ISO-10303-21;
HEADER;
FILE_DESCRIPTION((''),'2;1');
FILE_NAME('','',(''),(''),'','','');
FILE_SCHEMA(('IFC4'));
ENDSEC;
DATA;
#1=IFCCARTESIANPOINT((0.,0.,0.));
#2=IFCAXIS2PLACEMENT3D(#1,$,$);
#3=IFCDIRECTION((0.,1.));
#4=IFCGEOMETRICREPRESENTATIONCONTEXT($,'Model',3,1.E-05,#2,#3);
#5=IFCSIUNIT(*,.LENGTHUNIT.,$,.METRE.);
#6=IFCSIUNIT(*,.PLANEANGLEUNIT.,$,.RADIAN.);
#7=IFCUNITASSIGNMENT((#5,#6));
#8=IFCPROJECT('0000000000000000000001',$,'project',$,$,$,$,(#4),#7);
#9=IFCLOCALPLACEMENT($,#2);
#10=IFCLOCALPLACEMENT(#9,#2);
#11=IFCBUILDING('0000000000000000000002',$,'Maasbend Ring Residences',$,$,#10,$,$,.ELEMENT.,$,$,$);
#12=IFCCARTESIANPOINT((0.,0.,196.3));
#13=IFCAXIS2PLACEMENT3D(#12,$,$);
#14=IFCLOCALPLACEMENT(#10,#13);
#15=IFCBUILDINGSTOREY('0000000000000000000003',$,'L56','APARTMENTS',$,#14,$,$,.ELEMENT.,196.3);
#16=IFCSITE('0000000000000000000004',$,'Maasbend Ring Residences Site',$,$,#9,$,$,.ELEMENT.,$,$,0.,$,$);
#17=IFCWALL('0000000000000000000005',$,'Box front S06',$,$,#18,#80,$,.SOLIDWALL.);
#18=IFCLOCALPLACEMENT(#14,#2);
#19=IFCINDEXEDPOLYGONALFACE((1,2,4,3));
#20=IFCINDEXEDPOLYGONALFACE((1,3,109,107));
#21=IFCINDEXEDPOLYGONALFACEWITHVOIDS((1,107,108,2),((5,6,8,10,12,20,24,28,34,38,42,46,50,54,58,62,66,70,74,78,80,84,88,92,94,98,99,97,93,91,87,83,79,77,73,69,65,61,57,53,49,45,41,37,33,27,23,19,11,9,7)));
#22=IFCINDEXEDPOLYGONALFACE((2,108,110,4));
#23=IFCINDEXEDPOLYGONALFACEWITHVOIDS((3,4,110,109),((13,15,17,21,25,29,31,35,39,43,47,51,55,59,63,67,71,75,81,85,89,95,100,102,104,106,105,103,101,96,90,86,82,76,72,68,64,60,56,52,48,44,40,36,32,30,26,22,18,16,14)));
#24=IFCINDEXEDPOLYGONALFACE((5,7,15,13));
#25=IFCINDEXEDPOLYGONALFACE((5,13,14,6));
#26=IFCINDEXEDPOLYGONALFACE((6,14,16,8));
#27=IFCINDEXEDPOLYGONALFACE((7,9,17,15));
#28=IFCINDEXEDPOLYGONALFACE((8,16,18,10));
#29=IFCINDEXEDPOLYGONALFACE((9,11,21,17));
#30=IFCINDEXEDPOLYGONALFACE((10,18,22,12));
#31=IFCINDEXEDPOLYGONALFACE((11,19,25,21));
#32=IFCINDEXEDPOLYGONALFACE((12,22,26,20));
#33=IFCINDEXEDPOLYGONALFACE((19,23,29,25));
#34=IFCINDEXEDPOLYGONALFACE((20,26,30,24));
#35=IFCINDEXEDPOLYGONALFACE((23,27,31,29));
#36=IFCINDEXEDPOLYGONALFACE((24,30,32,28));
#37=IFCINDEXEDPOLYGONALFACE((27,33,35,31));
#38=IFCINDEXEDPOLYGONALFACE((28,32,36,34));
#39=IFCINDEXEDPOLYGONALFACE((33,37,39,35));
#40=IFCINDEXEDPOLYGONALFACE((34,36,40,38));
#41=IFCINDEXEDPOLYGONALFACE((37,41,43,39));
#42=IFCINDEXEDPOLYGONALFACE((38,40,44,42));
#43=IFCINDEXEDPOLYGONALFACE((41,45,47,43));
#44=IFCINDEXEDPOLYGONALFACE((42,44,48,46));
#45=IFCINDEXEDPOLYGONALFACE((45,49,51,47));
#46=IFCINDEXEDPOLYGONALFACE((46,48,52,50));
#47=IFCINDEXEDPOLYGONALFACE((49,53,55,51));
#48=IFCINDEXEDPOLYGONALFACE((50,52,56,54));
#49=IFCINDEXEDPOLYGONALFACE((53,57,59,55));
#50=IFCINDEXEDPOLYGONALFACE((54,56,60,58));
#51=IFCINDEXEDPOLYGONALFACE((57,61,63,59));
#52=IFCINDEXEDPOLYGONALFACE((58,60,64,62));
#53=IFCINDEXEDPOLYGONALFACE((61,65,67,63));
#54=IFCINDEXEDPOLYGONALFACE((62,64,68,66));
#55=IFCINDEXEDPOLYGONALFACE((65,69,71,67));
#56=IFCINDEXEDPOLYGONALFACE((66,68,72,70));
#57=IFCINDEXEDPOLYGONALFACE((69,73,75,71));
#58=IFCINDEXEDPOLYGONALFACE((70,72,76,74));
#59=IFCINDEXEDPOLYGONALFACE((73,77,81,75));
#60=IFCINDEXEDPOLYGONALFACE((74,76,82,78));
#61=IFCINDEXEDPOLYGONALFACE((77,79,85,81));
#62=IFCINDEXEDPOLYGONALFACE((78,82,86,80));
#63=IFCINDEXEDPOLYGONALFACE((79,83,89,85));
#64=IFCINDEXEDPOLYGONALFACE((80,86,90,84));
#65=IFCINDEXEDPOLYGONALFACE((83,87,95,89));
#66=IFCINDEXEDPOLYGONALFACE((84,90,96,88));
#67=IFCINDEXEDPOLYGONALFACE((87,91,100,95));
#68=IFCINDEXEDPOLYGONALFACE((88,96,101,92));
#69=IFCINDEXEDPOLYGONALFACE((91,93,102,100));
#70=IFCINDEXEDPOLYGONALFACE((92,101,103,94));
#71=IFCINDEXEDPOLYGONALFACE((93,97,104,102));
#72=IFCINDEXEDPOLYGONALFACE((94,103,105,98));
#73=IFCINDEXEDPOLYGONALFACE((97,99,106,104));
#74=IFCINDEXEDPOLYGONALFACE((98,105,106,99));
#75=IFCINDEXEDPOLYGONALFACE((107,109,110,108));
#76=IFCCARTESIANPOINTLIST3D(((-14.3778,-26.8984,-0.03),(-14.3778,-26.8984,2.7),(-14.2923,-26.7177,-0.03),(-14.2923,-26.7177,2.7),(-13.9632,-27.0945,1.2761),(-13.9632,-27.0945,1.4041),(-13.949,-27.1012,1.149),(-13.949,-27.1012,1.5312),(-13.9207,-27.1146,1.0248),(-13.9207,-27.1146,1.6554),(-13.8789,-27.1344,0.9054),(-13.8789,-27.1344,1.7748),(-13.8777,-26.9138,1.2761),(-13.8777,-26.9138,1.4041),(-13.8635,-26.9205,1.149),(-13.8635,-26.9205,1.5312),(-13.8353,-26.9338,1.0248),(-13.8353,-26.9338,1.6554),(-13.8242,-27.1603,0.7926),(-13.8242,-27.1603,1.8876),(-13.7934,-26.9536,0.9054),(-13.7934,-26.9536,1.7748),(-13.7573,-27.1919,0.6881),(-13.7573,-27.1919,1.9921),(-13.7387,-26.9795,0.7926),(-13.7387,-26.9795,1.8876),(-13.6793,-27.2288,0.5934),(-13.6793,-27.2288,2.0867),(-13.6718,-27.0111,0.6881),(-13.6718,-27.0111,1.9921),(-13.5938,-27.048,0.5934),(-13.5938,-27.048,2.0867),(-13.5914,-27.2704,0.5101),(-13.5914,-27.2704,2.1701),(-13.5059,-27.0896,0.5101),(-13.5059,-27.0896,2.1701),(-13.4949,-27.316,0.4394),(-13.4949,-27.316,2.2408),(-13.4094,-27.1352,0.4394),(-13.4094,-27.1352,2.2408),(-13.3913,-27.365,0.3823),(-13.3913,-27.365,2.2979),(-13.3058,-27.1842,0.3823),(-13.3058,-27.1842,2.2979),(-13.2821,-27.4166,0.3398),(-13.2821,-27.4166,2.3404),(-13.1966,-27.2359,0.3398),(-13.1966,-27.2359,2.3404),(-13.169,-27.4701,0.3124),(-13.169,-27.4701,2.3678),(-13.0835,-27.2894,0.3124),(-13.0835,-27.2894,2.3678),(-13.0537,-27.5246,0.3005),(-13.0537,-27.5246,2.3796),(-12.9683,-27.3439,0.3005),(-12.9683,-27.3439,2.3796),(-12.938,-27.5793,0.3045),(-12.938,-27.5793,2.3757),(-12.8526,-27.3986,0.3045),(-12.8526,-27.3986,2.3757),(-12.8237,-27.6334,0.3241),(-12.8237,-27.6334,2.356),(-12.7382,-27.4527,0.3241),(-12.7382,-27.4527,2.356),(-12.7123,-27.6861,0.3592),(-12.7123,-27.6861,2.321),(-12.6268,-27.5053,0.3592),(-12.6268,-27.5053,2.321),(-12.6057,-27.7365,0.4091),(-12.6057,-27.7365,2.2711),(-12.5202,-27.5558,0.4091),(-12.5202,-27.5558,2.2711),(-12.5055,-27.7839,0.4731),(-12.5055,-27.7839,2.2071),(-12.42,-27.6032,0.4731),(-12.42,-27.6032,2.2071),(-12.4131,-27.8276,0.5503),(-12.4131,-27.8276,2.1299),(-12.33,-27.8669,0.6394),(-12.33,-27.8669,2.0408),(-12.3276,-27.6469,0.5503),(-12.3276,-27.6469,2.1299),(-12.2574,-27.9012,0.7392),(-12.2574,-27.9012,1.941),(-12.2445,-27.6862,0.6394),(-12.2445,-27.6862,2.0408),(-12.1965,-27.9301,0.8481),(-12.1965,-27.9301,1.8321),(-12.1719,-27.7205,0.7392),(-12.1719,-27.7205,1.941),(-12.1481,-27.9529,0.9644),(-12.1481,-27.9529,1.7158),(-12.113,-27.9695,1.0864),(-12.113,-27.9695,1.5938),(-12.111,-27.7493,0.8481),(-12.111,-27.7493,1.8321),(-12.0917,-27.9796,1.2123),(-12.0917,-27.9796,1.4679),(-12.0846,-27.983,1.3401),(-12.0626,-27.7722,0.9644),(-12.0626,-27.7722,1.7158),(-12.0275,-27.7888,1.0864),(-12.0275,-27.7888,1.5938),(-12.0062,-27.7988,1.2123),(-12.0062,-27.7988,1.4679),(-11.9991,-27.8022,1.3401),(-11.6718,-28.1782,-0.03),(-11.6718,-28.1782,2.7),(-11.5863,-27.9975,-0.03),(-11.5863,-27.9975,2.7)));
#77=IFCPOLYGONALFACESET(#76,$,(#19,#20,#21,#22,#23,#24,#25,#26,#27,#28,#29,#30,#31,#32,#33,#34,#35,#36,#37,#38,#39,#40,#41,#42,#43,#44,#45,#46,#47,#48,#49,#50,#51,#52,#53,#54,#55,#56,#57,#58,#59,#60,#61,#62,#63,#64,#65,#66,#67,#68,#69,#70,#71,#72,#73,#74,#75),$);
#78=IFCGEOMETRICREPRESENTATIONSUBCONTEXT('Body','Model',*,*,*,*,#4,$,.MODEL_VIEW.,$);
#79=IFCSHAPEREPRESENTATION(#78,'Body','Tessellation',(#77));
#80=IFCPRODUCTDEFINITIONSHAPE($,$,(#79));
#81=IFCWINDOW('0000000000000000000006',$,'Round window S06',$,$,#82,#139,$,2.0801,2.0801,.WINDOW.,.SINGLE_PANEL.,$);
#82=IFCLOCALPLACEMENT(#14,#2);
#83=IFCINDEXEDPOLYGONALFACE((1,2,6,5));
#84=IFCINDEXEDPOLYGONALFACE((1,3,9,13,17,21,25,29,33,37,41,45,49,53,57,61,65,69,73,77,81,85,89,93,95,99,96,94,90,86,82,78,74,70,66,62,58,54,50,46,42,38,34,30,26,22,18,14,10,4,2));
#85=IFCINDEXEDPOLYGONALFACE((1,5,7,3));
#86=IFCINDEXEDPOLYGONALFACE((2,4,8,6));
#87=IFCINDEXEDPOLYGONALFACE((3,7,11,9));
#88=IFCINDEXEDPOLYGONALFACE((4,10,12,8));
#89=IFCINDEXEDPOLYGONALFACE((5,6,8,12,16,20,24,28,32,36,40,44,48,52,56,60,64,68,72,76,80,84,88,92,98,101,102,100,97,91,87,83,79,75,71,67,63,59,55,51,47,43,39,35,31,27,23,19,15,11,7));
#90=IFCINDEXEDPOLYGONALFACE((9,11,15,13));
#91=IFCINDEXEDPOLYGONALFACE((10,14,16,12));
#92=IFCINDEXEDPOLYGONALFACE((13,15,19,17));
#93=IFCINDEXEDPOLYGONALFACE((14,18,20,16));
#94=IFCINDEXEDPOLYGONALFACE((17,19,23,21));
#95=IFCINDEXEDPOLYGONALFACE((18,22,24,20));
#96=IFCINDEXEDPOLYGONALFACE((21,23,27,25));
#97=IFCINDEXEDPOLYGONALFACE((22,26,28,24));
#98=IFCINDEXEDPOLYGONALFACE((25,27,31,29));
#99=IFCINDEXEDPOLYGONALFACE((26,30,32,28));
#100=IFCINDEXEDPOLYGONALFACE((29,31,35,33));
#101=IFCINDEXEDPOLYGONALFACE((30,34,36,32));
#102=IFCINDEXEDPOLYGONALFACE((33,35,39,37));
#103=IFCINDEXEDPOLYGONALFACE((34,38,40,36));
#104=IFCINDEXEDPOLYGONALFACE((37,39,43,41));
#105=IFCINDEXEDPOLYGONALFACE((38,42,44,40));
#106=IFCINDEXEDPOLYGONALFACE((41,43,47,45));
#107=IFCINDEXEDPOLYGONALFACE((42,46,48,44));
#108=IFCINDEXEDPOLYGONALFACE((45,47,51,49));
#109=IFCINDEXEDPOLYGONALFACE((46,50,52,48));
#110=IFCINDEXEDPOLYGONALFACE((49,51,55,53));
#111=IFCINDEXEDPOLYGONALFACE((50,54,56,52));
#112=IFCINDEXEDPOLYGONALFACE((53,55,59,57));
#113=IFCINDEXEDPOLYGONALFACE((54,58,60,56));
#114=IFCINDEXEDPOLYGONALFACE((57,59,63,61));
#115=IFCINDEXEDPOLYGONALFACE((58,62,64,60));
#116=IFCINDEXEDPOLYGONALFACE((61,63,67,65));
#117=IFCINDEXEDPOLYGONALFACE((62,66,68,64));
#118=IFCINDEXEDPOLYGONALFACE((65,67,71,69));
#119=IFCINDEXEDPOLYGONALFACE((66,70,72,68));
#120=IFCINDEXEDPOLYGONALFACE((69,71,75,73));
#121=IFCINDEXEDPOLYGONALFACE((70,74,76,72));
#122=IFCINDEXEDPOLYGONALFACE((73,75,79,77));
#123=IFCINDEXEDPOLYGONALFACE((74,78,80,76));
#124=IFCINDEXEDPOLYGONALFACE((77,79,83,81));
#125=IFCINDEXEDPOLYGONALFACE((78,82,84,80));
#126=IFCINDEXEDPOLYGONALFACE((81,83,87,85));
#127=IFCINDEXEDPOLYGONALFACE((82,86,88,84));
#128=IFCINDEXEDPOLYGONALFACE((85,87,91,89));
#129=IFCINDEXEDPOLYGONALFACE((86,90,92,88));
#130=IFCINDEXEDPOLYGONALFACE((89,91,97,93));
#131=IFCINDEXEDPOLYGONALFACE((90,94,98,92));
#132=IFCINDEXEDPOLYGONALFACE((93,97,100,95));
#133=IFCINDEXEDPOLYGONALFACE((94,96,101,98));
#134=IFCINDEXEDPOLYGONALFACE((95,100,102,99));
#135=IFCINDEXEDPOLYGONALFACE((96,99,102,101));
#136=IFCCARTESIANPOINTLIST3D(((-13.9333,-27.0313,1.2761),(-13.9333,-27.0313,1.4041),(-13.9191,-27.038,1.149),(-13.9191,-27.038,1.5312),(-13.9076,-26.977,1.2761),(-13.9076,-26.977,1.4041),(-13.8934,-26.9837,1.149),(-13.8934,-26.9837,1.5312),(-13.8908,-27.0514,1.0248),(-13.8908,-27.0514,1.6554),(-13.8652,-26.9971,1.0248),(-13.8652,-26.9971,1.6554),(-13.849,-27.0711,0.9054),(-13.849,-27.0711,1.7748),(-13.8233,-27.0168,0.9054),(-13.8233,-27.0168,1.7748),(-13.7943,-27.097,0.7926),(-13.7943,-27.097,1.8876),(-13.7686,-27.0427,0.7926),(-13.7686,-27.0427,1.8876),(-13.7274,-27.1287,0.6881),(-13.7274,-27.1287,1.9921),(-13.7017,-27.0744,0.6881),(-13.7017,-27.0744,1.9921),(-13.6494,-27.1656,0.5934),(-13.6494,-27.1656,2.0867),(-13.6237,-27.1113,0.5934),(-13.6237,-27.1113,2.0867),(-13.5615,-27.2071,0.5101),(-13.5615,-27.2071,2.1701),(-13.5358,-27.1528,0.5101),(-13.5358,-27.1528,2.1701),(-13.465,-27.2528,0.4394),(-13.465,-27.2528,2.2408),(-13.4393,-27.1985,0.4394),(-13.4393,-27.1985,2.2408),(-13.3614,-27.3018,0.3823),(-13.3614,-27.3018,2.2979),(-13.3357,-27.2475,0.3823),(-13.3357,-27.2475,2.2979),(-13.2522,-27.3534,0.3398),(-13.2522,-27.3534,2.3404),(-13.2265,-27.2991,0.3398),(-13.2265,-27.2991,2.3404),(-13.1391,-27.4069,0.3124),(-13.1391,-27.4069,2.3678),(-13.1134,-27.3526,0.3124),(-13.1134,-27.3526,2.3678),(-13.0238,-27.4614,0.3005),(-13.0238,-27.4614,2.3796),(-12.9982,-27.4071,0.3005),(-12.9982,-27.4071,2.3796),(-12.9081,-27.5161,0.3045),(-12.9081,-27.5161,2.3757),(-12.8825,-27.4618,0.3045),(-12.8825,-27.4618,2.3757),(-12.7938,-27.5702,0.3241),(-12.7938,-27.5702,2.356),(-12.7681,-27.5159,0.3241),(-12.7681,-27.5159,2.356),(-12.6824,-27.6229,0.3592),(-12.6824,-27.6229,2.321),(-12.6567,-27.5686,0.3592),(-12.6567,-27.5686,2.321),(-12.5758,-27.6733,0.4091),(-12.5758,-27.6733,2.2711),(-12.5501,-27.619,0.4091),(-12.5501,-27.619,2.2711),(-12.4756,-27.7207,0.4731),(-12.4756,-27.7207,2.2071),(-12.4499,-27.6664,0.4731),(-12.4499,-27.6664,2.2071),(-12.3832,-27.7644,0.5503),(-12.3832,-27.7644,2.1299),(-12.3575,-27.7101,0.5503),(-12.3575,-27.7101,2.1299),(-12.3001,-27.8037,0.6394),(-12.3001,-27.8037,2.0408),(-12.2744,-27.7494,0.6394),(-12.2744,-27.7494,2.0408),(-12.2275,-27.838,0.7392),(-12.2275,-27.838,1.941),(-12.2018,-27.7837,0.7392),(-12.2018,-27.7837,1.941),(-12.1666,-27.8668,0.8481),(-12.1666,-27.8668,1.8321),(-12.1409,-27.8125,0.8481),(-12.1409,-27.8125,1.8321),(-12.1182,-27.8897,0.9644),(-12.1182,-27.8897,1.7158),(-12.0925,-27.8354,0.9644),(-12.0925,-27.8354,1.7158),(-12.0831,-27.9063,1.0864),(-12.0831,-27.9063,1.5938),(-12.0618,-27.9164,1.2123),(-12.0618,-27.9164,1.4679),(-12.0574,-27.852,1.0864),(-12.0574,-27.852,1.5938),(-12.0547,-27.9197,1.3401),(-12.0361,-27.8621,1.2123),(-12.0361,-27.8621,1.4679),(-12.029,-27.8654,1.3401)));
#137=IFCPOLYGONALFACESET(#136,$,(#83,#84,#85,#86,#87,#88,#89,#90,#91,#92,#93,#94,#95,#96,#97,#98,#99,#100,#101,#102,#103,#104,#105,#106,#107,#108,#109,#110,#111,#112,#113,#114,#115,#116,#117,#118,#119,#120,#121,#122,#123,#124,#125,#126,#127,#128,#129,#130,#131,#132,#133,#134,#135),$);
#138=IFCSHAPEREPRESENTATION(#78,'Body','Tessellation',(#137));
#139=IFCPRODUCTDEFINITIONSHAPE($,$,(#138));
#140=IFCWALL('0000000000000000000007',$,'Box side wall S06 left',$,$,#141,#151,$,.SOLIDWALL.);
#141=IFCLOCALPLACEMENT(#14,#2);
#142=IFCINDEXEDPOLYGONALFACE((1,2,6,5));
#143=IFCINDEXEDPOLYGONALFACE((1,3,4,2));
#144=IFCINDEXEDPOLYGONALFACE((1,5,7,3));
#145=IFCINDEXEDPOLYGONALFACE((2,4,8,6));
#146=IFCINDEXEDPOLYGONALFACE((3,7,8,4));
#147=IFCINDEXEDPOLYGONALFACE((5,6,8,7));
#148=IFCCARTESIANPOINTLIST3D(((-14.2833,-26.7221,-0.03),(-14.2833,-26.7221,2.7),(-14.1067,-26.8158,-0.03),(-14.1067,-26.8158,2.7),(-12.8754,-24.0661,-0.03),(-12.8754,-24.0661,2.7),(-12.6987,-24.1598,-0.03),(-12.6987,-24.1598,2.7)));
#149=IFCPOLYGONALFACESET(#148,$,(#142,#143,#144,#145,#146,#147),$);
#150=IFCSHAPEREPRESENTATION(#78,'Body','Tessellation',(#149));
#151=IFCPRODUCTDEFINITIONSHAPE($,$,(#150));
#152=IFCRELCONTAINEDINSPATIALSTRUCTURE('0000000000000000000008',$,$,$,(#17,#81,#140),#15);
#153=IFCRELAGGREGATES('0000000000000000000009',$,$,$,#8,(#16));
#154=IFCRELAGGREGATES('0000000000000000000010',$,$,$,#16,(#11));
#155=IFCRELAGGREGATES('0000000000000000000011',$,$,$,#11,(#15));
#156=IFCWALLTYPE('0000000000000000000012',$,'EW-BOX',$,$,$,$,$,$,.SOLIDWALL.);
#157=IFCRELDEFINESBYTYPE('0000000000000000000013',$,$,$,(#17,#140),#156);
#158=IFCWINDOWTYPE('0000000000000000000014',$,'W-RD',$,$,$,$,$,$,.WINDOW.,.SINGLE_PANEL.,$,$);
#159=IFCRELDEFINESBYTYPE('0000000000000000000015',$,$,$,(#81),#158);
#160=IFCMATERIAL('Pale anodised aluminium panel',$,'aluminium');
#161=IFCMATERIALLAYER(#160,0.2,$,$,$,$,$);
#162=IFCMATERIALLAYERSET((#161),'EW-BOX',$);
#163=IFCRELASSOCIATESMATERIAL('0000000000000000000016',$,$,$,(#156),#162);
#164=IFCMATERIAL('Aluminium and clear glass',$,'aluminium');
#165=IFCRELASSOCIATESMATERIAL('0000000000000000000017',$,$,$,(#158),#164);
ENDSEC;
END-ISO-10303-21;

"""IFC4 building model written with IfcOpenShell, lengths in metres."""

from ifc_helpers import new_model, si_unit, direction, frame, frame_2d, origin, place, context, subcontext, project, spatial, rectangle, circle, extrude, material, layer, layer_set, type_object, element, fill, save


model = new_model("IFC4")

# Units and contexts
model_context = context("Model", 3, precision=1e-05, world=origin(), true_north=direction((0.0, 1.0)))
body_context = subcontext(model_context, "Body", "Model", "MODEL_VIEW")
ifc_project = project(units=[si_unit("LENGTHUNIT", "METRE"), si_unit("PLANEANGLEUNIT", "RADIAN")], contexts=[model_context])

# Site, building, storey
site_placement = place(None, origin())
site = spatial("IfcSite", under=ifc_project, at=site_placement, Name="Maasbend Ring Residences Site", CompositionType="ELEMENT", RefElevation=0.0)
building_placement = place(site_placement, origin())
building = spatial("IfcBuilding", under=site, at=building_placement, Name="Maasbend Ring Residences", CompositionType="ELEMENT")
storey_placement = place(building_placement, frame((0.0, 0.0, 196.3)))
storey = spatial("IfcBuildingStorey", under=building, at=storey_placement, Name="L56", Description="APARTMENTS", CompositionType="ELEMENT", Elevation=196.3)

# Shared definitions
ifc_material_1 = material(Name="Pale anodised aluminium panel", Category="aluminium")
ifc_layer_1 = layer(ifc_material_1, 0.2)
ifc_layer_set_1 = layer_set([ifc_layer_1], Name="EW-BOX")
wall_type_1 = type_object("IfcWallType", Name="EW-BOX", PredefinedType="SOLIDWALL", material=ifc_layer_set_1)

# Shared definitions
ifc_material_2 = material(Name="Aluminium and clear glass", Category="aluminium")
window_type_1 = type_object("IfcWindowType", Name="W-RD", PartitioningType="SINGLE_PANEL", PredefinedType="WINDOW", material=ifc_material_2)

# Wall, opening, window
wall_1_placement = place(storey_placement, frame((-14.335, -26.8081, -0.03), z_axis=(0.0, 0.0, 1.0), x_axis=(0.904, -0.427532, 0.0)))
wall_1 = element("IfcWall", 1, at=wall_1_placement, inside=storey, type_object=wall_type_1, Name="Box front S06", PredefinedType="SOLIDWALL", context=body_context, shape_type="SweptSolid", body=[
    extrude(rectangle(XDim=2.9934, YDim=0.2, at=frame_2d((1.4966, 0.0))), origin(), (0.0, 0.0, 1.0), 2.73),
])
opening_1_placement = place(wall_1_placement, frame((0.4565, 0.0, 0.3301)))
opening_1 = element("IfcOpeningElement", 2, at=opening_1_placement, cuts=wall_1, PredefinedType="OPENING", context=body_context, shape_type="SweptSolid", body=[
    extrude(circle(Radius=1.04, at=frame_2d((1.04, 1.04))), frame((0.0, 0.1099, 0.0), z_axis=(0.0, -1.0, 0.0), x_axis=(1.0, 0.0, 0.0)), (0.0, 0.0, 1.0), 0.22),
])
window_1_placement = place(opening_1_placement, origin())
window_1 = element("IfcWindow", 3, at=window_1_placement, inside=storey, type_object=window_type_1, Name="Round window S06", OverallHeight=2.0801, OverallWidth=2.0801, PartitioningType="SINGLE_PANEL", PredefinedType="WINDOW", context=body_context, shape_type="SweptSolid", body=[
    extrude(circle(Radius=1.04, at=frame_2d((1.04, 1.04))), frame((0.0, 0.03, 0.0), z_axis=(0.0, -1.0, 0.0), x_axis=(1.0, 0.0, 0.0)), (0.0, 0.0, 1.0), 0.0601),
])
fill(opening_1, window_1)

# Wall
wall_2_placement = place(storey_placement, frame((-12.7871, -24.113, -0.03), z_axis=(0.0, 0.0, 1.0), x_axis=(-0.468365, -0.883535, 0.0)))
element("IfcWall", 4, at=wall_2_placement, inside=storey, type_object=wall_type_1, Name="Box side wall S06 left", PredefinedType="SOLIDWALL", context=body_context, shape_type="SweptSolid", body=[
    extrude(rectangle(XDim=3.0061, YDim=0.2, at=frame_2d((1.5029, 0.0))), origin(), (0.0, 0.0, 1.0), 2.73),
])

save(model, "model.ifc")
